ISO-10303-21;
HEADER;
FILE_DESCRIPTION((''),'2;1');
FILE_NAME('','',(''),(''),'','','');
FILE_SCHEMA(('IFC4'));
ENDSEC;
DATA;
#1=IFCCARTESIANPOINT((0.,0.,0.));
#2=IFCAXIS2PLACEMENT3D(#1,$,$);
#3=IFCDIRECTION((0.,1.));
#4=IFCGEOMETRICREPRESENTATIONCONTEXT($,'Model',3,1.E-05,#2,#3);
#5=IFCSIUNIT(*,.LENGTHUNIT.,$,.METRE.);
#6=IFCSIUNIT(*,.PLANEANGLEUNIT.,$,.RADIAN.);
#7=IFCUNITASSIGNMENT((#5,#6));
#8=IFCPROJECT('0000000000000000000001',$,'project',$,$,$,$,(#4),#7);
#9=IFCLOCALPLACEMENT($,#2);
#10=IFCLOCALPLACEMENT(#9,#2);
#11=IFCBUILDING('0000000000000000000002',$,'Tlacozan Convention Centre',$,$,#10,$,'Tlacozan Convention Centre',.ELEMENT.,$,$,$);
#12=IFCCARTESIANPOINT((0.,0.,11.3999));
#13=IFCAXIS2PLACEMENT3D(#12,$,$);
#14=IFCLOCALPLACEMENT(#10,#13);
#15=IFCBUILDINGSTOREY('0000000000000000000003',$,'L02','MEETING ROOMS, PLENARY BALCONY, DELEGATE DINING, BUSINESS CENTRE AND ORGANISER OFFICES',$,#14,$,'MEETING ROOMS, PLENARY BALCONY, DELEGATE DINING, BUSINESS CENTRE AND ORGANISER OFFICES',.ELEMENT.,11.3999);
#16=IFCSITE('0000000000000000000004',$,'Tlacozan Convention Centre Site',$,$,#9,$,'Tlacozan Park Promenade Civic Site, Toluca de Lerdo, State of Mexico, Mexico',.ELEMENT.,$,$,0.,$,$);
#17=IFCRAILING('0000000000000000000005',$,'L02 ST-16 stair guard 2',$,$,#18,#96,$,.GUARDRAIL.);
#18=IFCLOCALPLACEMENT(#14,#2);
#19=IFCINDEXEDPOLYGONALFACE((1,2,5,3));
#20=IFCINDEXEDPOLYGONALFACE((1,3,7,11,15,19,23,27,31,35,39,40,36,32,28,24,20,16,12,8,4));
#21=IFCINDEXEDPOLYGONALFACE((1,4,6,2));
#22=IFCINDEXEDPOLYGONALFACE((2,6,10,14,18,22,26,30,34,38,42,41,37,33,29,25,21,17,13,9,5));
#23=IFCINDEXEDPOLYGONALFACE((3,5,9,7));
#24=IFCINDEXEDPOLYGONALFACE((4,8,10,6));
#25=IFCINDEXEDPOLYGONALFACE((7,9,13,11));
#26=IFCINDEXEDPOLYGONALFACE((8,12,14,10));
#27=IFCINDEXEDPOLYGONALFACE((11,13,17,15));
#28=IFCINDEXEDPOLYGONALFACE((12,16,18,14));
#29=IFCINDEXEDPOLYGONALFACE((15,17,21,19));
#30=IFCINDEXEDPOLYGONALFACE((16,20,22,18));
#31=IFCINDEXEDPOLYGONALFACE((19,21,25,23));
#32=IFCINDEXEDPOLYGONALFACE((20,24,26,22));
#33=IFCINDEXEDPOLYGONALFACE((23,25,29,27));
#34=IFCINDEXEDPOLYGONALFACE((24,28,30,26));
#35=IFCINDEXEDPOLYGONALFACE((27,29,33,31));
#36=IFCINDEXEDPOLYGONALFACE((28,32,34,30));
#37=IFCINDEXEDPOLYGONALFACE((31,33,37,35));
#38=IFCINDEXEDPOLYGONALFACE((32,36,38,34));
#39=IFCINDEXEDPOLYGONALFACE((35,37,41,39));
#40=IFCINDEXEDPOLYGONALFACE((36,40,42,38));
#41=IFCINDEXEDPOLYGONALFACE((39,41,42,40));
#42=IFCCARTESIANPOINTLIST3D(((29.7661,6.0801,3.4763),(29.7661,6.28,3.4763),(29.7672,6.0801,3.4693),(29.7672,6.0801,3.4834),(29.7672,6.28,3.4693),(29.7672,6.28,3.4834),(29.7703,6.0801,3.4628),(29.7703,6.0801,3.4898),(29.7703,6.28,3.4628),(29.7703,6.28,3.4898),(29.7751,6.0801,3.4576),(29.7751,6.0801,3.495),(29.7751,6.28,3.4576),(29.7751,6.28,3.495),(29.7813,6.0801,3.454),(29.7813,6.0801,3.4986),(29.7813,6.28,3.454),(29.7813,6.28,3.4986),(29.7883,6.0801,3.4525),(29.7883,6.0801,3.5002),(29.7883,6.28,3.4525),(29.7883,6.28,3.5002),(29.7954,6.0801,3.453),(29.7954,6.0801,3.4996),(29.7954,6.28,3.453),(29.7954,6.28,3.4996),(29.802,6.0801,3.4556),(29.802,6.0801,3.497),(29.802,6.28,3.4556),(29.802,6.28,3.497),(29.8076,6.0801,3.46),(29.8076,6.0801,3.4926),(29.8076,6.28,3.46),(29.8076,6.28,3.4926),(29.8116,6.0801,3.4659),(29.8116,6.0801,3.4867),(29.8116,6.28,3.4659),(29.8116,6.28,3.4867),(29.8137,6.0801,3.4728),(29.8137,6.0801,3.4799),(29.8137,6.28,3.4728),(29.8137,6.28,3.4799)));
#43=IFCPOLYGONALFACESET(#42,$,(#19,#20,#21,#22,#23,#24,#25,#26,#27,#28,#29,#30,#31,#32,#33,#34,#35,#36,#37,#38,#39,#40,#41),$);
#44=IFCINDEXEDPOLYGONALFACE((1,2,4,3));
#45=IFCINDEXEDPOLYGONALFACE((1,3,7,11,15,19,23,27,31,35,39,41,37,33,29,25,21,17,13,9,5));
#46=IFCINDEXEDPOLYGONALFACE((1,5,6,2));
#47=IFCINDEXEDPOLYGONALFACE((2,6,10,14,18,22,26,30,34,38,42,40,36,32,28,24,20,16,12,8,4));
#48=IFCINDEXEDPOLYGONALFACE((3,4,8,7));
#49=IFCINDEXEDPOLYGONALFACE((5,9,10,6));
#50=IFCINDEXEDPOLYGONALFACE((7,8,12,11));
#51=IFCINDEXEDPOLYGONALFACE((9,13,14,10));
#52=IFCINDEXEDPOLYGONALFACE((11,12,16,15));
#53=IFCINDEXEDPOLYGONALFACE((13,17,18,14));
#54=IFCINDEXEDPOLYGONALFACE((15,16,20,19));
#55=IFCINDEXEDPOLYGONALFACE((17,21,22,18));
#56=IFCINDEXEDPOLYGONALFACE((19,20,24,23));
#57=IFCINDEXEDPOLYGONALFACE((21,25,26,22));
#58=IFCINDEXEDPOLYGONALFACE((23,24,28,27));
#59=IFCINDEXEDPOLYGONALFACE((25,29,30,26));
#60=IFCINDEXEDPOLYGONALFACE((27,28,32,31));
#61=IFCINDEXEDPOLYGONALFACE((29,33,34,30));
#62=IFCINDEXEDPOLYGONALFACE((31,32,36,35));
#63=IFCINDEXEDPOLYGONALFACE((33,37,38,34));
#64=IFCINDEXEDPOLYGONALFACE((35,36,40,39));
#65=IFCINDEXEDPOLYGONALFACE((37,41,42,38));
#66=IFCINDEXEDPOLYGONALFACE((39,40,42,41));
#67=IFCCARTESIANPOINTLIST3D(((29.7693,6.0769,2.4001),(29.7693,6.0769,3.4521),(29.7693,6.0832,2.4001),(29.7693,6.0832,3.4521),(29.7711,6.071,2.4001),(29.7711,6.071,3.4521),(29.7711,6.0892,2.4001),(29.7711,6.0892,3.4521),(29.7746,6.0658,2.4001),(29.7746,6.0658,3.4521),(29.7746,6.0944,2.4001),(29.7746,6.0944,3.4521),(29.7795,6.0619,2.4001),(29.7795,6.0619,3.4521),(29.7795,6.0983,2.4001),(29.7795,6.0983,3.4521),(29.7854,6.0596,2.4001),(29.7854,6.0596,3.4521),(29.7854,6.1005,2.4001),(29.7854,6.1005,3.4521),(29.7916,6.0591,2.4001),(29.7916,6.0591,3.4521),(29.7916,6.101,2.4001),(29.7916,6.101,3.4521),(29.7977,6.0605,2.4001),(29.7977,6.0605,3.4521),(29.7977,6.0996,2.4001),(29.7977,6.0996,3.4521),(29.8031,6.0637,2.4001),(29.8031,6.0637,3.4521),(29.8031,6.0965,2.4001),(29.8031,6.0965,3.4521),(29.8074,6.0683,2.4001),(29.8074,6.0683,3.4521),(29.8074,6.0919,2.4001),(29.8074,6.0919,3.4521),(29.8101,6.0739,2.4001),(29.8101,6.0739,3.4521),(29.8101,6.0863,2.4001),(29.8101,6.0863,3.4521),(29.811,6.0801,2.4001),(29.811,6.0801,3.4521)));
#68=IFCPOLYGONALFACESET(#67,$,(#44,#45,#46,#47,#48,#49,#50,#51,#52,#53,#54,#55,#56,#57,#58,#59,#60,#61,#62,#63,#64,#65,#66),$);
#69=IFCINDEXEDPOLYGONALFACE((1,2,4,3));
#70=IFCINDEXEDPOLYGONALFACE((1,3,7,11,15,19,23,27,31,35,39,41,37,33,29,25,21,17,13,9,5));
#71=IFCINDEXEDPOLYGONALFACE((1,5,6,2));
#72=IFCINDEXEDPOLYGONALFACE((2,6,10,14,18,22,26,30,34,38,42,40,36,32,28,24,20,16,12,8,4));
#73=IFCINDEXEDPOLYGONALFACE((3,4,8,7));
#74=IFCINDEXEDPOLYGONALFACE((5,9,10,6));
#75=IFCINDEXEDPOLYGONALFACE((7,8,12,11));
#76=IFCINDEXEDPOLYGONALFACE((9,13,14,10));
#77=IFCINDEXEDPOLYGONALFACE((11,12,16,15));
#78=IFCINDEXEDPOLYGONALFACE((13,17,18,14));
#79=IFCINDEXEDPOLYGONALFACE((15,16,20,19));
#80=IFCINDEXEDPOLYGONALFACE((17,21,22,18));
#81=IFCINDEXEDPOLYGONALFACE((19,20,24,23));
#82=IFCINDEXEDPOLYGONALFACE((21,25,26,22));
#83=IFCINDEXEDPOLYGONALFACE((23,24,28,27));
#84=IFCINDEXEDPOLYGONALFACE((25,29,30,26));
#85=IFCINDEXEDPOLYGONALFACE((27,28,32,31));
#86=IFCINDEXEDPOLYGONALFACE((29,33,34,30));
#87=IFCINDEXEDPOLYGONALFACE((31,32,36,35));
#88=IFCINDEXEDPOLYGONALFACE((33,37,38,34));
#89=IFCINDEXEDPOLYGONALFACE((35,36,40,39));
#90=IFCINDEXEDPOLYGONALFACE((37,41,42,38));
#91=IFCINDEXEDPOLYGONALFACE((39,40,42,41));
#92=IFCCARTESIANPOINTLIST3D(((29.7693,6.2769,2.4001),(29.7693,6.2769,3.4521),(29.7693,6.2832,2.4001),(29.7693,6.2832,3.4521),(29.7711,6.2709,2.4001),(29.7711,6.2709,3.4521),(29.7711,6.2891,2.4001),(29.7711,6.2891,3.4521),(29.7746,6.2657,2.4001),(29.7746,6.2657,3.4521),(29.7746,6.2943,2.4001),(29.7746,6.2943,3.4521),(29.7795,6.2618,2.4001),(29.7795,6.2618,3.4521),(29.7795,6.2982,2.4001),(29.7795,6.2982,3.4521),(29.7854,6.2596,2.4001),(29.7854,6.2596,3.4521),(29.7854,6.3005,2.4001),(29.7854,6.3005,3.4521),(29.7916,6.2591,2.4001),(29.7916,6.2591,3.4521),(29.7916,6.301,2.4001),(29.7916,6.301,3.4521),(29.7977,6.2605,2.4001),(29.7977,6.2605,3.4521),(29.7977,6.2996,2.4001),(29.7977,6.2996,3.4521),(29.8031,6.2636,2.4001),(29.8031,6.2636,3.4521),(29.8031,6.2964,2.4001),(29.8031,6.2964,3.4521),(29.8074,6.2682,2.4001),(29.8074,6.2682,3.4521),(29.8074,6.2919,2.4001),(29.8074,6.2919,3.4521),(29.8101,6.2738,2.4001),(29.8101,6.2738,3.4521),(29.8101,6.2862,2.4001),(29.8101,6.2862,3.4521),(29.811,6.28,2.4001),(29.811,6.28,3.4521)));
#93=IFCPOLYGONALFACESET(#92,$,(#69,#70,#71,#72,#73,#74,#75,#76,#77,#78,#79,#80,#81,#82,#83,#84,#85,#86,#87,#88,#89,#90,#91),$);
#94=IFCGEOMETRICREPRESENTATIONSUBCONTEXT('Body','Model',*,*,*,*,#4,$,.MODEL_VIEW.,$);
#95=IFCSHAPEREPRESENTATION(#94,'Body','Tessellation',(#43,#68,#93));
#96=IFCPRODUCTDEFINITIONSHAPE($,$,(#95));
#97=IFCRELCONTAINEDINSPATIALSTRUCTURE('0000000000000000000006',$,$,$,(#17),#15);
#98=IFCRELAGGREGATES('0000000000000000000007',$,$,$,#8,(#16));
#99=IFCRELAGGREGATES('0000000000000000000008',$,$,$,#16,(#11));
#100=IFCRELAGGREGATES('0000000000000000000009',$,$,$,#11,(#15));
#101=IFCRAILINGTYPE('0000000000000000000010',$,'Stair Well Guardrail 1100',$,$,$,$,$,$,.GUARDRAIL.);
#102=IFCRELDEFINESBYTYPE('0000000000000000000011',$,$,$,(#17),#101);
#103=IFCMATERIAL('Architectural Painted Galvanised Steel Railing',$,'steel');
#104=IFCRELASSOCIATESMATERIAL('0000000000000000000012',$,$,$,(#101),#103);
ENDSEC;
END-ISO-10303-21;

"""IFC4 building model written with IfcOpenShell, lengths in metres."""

from ifc_helpers import new_model, si_unit, direction, frame, origin, origin_2d, place, context, subcontext, project, spatial, circle, extrude, material, type_object, element, save


model = new_model("IFC4")

# Units and contexts
model_context = context("Model", 3, precision=1e-05, world=origin(), true_north=direction((0.0, 1.0)))
body_context = subcontext(model_context, "Body", "Model", "MODEL_VIEW")
ifc_project = project(units=[si_unit("LENGTHUNIT", "METRE"), si_unit("PLANEANGLEUNIT", "RADIAN")], contexts=[model_context])

# Site, building, storey
site_placement = place(None, origin())
site = spatial("IfcSite", under=ifc_project, at=site_placement, Name="Tlacozan Convention Centre Site", LongName="Tlacozan Park Promenade Civic Site, Toluca de Lerdo, State of Mexico, Mexico", CompositionType="ELEMENT", RefElevation=0.0)
building_placement = place(site_placement, origin())
building = spatial("IfcBuilding", under=site, at=building_placement, Name="Tlacozan Convention Centre", LongName="Tlacozan Convention Centre", CompositionType="ELEMENT")
storey_placement = place(building_placement, frame((0.0, 0.0, 11.3999)))
storey = spatial("IfcBuildingStorey", under=building, at=storey_placement, Name="L02", Description="MEETING ROOMS, PLENARY BALCONY, DELEGATE DINING, BUSINESS CENTRE AND ORGANISER OFFICES", LongName="MEETING ROOMS, PLENARY BALCONY, DELEGATE DINING, BUSINESS CENTRE AND ORGANISER OFFICES", CompositionType="ELEMENT", Elevation=11.3999)

# Railing
ifc_material_1 = material(Name="Architectural Painted Galvanised Steel Railing", Category="steel")
railing_type_1 = type_object("IfcRailingType", Name="Stair Well Guardrail 1100", PredefinedType="GUARDRAIL", material=ifc_material_1)
railing_1_placement = place(storey_placement, frame((29.79, 6.0801, 2.4001)))
element("IfcRailing", 1, at=railing_1_placement, inside=storey, type_object=railing_type_1, Name="L02 ST-16 stair guard 2", PredefinedType="GUARDRAIL", context=body_context, shape_type="SweptSolid", body=[
    extrude(circle(Radius=0.0239, at=origin_2d()), frame((0.0, 0.0, 1.0762), z_axis=(0.0, 1.0, 0.0), x_axis=(-1.0, 0.0, 0.0)), (0.0, 0.0, 1.0), 0.2),
    extrude(circle(Radius=0.021, at=origin_2d()), origin(), (0.0, 0.0, 1.0), 1.052),
    extrude(circle(Radius=0.021, at=origin_2d()), frame((0.0, 0.2, 0.0)), (0.0, 0.0, 1.0), 1.052),
])

save(model, "model.ifc")
